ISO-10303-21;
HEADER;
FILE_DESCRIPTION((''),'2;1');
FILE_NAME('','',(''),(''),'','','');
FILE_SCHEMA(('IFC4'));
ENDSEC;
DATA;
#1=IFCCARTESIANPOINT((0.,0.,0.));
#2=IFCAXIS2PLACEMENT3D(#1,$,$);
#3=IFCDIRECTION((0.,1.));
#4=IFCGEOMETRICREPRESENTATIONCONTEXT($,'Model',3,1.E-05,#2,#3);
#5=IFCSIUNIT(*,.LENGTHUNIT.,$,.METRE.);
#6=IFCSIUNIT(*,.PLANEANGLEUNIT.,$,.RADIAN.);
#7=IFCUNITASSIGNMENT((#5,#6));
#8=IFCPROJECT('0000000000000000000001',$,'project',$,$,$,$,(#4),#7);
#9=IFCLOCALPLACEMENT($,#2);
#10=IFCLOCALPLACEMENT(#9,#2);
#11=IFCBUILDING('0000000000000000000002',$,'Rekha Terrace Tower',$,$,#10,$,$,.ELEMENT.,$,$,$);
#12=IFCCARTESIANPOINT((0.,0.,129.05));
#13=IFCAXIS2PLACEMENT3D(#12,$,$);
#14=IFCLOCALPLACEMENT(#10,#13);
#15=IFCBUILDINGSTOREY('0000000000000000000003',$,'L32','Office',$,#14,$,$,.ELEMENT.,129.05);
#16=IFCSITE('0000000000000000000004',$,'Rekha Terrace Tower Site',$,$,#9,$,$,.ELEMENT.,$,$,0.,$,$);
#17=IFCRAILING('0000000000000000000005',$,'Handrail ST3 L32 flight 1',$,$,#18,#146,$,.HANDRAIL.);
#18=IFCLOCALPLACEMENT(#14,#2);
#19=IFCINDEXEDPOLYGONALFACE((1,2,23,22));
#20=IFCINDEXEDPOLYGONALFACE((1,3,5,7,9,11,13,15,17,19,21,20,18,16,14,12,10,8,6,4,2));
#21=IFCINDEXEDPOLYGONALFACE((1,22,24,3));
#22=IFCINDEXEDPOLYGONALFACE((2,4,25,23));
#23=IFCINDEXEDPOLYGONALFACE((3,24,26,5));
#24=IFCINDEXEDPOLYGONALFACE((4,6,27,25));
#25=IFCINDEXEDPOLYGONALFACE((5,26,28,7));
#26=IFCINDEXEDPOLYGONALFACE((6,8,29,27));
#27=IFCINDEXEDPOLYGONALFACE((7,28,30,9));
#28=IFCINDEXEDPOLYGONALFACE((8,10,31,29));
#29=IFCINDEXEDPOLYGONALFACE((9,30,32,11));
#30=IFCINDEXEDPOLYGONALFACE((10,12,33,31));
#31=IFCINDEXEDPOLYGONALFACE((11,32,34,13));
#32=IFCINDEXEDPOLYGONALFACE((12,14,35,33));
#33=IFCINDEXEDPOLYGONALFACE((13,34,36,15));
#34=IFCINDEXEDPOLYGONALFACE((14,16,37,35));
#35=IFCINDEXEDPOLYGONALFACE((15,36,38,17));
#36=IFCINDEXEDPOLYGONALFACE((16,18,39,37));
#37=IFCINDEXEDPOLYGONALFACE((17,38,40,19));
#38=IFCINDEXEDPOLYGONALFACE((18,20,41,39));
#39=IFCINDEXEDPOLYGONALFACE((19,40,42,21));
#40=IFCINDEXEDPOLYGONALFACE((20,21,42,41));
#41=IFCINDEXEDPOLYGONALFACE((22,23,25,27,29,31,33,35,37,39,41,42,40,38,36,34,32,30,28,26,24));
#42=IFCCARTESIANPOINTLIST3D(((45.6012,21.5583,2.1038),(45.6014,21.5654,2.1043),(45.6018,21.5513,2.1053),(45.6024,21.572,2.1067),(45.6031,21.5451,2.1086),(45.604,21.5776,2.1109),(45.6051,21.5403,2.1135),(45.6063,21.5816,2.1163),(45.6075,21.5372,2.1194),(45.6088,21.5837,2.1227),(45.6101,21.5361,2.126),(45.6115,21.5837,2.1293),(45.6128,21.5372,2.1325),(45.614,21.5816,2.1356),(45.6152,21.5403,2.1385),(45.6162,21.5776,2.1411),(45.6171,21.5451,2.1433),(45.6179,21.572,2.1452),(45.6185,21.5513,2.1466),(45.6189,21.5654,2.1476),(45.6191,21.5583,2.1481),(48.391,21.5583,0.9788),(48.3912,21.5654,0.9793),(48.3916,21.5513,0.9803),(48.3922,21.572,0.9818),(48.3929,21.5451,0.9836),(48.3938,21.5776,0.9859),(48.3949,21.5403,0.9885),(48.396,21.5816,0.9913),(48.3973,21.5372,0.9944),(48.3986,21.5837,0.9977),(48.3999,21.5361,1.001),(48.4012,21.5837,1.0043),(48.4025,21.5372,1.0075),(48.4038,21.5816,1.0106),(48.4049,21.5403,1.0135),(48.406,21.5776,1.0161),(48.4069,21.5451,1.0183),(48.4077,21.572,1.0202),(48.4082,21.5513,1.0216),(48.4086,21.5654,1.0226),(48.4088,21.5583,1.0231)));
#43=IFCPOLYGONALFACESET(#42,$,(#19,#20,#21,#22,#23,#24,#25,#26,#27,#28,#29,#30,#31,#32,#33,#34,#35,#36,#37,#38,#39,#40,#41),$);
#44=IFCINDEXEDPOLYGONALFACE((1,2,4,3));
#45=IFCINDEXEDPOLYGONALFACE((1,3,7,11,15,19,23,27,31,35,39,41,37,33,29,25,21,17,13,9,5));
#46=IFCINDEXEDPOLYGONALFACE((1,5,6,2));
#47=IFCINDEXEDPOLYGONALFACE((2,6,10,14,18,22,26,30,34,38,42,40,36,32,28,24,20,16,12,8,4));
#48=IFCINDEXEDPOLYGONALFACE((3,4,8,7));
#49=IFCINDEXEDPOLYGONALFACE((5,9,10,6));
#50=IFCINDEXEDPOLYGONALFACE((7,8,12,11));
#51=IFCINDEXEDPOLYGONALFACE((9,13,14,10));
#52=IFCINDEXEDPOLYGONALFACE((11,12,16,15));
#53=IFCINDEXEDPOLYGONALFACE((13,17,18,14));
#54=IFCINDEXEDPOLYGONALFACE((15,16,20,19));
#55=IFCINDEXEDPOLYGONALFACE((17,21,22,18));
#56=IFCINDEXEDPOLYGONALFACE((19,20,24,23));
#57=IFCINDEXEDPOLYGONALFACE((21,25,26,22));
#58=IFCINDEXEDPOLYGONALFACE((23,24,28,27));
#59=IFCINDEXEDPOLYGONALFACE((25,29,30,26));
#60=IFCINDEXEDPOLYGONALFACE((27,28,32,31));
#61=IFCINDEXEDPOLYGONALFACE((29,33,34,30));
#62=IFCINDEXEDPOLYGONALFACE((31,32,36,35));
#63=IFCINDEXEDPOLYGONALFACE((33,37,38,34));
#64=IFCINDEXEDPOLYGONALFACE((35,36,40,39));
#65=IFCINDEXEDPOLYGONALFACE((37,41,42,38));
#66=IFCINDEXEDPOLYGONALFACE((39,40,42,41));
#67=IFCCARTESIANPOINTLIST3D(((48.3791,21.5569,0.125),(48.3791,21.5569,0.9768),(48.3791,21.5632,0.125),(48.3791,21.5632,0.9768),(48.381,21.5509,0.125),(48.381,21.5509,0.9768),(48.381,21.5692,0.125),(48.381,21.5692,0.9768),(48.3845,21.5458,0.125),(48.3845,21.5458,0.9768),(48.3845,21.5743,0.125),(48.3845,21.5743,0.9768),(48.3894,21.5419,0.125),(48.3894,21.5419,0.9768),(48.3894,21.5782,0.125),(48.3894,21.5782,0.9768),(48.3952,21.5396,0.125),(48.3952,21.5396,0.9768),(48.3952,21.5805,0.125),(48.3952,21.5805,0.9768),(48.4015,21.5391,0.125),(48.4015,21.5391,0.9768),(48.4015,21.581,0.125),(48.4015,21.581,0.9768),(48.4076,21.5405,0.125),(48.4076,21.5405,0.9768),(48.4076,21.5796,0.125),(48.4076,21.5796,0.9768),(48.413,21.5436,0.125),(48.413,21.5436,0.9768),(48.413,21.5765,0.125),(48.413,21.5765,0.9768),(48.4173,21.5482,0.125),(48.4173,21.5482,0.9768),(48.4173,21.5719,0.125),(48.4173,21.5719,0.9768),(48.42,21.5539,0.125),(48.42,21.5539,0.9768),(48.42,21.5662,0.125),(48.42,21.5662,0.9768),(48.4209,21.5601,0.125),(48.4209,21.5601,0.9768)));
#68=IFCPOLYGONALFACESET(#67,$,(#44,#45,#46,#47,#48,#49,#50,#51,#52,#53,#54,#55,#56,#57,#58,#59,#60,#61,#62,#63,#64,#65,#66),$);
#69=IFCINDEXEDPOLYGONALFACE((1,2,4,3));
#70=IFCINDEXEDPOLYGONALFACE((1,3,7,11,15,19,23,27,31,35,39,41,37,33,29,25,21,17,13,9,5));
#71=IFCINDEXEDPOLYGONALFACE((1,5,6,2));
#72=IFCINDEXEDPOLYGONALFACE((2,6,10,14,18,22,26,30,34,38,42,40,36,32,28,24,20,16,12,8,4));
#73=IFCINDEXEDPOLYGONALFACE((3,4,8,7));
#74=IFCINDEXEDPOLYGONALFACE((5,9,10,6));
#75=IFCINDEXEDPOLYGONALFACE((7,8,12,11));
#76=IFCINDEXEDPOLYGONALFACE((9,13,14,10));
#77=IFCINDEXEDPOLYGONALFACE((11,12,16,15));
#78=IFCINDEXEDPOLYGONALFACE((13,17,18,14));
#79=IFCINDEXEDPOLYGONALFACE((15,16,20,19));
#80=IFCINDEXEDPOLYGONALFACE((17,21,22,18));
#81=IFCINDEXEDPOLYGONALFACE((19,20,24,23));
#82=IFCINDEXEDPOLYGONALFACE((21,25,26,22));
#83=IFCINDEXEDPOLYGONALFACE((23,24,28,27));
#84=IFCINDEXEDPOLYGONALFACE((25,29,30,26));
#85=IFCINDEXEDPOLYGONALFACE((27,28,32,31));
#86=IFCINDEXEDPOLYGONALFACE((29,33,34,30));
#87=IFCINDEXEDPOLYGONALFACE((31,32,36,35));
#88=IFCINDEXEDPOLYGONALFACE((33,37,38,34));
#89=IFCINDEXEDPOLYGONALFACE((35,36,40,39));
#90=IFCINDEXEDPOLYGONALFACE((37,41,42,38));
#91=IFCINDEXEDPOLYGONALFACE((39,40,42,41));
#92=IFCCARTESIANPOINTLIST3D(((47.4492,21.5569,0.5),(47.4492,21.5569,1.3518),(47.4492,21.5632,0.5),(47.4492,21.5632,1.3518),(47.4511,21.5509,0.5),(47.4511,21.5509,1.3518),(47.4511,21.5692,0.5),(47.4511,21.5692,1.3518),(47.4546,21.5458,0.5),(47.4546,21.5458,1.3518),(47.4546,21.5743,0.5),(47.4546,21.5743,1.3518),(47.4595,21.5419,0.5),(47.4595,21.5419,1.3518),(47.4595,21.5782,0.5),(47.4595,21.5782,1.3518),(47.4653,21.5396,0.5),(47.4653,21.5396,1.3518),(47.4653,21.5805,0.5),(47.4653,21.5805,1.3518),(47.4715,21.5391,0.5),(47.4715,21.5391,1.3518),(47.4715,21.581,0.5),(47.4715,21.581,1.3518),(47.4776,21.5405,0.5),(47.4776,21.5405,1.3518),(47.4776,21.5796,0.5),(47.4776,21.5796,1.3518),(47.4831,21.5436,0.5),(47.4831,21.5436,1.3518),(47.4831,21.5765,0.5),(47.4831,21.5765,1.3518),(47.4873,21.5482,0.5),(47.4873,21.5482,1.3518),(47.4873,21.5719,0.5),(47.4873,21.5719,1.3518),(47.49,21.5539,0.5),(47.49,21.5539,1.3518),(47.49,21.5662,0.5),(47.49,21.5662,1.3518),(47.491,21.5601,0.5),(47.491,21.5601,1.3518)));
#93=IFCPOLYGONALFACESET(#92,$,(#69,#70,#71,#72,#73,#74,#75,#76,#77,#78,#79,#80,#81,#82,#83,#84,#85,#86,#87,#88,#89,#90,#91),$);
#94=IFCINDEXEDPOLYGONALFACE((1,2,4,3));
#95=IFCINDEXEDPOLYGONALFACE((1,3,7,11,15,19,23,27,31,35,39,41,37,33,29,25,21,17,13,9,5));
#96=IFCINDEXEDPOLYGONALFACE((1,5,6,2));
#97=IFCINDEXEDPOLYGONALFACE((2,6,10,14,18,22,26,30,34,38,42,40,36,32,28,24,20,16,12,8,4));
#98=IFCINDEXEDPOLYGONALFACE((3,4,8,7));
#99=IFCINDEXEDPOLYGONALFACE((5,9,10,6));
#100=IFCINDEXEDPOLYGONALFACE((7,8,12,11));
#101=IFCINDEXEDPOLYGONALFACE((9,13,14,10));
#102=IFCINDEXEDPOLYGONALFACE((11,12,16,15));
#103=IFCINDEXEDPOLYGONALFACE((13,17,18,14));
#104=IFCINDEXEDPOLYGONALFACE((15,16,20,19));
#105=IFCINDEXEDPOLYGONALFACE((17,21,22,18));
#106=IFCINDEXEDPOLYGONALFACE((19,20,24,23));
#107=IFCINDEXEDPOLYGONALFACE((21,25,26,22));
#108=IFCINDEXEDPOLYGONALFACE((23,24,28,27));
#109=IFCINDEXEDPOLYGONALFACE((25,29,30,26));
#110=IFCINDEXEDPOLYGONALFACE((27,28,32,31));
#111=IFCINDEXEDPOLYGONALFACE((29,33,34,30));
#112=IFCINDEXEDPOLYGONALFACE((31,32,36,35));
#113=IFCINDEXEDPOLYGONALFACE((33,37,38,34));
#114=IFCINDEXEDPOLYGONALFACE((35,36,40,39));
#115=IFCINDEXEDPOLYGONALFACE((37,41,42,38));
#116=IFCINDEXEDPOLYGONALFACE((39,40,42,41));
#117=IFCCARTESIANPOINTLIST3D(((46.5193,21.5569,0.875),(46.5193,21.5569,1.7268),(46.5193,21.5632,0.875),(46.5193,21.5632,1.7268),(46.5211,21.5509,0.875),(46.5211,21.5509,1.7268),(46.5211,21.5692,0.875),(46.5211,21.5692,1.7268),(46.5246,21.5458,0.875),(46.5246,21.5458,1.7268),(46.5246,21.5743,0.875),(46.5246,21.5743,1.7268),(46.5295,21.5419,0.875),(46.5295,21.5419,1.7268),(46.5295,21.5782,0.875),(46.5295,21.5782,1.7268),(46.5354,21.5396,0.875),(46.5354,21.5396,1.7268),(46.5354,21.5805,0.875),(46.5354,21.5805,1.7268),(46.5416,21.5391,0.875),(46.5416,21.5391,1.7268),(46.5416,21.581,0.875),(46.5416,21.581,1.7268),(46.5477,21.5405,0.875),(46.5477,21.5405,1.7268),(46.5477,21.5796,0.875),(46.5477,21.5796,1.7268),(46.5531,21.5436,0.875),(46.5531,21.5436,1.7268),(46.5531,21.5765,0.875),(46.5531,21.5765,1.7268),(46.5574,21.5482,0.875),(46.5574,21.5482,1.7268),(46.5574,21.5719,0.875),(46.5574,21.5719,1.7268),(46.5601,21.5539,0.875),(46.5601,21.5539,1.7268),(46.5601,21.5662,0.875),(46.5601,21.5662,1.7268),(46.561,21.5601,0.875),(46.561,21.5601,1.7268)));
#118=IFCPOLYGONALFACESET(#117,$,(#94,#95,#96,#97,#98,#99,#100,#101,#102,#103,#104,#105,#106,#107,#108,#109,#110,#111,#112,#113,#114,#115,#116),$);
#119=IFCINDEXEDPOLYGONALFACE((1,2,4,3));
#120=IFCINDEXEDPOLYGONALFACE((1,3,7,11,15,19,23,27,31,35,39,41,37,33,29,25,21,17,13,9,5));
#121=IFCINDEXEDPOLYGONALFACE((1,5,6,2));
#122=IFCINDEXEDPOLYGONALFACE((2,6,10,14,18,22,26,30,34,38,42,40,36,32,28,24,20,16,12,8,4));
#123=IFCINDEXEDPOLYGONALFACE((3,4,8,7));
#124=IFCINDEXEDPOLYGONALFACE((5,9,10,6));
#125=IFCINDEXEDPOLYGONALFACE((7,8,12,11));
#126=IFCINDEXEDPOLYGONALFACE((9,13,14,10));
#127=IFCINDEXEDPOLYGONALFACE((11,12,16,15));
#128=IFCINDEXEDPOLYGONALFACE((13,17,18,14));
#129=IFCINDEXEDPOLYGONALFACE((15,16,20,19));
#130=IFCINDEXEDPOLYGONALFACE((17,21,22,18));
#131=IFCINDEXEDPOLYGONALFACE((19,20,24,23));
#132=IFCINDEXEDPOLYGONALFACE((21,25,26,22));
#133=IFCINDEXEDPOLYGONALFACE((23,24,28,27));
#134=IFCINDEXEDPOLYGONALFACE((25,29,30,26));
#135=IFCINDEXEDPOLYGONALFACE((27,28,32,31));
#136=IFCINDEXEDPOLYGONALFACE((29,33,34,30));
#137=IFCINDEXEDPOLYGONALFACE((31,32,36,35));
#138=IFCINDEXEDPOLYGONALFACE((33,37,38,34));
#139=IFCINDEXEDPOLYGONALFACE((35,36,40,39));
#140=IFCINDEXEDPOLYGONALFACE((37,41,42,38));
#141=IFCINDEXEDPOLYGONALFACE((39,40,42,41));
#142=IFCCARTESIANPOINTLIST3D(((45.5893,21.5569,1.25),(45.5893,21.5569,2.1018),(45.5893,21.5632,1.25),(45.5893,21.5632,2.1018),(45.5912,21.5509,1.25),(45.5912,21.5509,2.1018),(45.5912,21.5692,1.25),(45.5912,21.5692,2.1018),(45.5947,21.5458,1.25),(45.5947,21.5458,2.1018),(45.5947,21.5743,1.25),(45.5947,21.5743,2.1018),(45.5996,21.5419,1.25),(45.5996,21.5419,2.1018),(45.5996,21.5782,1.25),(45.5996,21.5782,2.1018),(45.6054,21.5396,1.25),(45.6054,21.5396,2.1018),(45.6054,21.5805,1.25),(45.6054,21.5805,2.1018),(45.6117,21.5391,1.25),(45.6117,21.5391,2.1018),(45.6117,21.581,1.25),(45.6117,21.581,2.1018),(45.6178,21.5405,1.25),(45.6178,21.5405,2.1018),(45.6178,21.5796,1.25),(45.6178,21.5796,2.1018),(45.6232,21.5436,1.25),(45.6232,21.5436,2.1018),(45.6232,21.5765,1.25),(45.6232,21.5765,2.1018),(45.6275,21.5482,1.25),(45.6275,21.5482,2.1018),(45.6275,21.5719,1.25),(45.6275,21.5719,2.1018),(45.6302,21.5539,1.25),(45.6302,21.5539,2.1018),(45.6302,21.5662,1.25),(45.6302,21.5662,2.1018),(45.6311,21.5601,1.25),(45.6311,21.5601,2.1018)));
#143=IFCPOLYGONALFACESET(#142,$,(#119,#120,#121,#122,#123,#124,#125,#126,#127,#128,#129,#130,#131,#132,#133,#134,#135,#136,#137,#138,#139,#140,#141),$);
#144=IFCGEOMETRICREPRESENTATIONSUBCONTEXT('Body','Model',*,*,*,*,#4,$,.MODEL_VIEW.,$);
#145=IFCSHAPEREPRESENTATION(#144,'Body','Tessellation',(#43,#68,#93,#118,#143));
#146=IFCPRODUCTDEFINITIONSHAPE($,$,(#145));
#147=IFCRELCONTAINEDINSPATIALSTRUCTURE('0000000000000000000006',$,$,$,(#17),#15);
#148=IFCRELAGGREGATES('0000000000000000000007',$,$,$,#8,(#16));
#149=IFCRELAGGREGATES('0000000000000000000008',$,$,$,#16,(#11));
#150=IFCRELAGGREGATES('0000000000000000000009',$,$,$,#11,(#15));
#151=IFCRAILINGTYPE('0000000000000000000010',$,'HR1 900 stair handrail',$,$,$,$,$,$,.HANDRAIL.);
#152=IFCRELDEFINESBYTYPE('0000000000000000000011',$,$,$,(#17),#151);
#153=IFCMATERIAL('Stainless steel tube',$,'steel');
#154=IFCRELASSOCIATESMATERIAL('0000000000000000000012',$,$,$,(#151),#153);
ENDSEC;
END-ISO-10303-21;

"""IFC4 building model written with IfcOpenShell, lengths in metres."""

from ifc_helpers import new_model, si_unit, direction, frame, origin, origin_2d, place, context, subcontext, project, spatial, circle, extrude, material, type_object, element, save


model = new_model("IFC4")

# Units and contexts
model_context = context("Model", 3, precision=1e-05, world=origin(), true_north=direction((0.0, 1.0)))
body_context = subcontext(model_context, "Body", "Model", "MODEL_VIEW")
ifc_project = project(units=[si_unit("LENGTHUNIT", "METRE"), si_unit("PLANEANGLEUNIT", "RADIAN")], contexts=[model_context])

# Site, building, storey
site_placement = place(None, origin())
site = spatial("IfcSite", under=ifc_project, at=site_placement, Name="Rekha Terrace Tower Site", CompositionType="ELEMENT", RefElevation=0.0)
building_placement = place(site_placement, origin())
building = spatial("IfcBuilding", under=site, at=building_placement, Name="Rekha Terrace Tower", CompositionType="ELEMENT")
storey_placement = place(building_placement, frame((0.0, 0.0, 129.05)))
storey = spatial("IfcBuildingStorey", under=building, at=storey_placement, Name="L32", Description="Office", CompositionType="ELEMENT", Elevation=129.05)

# Railing
ifc_material_1 = material(Name="Stainless steel tube", Category="steel")
railing_type_1 = type_object("IfcRailingType", Name="HR1 900 stair handrail", PredefinedType="HANDRAIL", material=ifc_material_1)
railing_1_placement = place(storey_placement, frame((48.3999, 21.5601, 0.125)))
element("IfcRailing", 1, at=railing_1_placement, inside=storey, type_object=railing_type_1, Name="Handrail ST3 L32 flight 1", PredefinedType="HANDRAIL", context=body_context, shape_type="SweptSolid", body=[
    extrude(circle(Radius=0.0239, at=origin_2d()), frame((0.0, 0.0, 0.876), z_axis=(-0.927432, 0.0, 0.373992), x_axis=(0.0, -1.0, 0.0)), (0.0, 0.0, 1.0), 3.0081),
    extrude(circle(Radius=0.021, at=origin_2d()), origin(), (0.0, 0.0, 1.0), 0.8518),
    extrude(circle(Radius=0.021, at=origin_2d()), frame((-0.9299, 0.0, 0.375)), (0.0, 0.0, 1.0), 0.8518),
    extrude(circle(Radius=0.021, at=origin_2d()), frame((-1.8599, 0.0, 0.75)), (0.0, 0.0, 1.0), 0.8518),
    extrude(circle(Radius=0.021, at=origin_2d()), frame((-2.7898, 0.0, 1.125)), (0.0, 0.0, 1.0), 0.8518),
])

save(model, "model.ifc")
